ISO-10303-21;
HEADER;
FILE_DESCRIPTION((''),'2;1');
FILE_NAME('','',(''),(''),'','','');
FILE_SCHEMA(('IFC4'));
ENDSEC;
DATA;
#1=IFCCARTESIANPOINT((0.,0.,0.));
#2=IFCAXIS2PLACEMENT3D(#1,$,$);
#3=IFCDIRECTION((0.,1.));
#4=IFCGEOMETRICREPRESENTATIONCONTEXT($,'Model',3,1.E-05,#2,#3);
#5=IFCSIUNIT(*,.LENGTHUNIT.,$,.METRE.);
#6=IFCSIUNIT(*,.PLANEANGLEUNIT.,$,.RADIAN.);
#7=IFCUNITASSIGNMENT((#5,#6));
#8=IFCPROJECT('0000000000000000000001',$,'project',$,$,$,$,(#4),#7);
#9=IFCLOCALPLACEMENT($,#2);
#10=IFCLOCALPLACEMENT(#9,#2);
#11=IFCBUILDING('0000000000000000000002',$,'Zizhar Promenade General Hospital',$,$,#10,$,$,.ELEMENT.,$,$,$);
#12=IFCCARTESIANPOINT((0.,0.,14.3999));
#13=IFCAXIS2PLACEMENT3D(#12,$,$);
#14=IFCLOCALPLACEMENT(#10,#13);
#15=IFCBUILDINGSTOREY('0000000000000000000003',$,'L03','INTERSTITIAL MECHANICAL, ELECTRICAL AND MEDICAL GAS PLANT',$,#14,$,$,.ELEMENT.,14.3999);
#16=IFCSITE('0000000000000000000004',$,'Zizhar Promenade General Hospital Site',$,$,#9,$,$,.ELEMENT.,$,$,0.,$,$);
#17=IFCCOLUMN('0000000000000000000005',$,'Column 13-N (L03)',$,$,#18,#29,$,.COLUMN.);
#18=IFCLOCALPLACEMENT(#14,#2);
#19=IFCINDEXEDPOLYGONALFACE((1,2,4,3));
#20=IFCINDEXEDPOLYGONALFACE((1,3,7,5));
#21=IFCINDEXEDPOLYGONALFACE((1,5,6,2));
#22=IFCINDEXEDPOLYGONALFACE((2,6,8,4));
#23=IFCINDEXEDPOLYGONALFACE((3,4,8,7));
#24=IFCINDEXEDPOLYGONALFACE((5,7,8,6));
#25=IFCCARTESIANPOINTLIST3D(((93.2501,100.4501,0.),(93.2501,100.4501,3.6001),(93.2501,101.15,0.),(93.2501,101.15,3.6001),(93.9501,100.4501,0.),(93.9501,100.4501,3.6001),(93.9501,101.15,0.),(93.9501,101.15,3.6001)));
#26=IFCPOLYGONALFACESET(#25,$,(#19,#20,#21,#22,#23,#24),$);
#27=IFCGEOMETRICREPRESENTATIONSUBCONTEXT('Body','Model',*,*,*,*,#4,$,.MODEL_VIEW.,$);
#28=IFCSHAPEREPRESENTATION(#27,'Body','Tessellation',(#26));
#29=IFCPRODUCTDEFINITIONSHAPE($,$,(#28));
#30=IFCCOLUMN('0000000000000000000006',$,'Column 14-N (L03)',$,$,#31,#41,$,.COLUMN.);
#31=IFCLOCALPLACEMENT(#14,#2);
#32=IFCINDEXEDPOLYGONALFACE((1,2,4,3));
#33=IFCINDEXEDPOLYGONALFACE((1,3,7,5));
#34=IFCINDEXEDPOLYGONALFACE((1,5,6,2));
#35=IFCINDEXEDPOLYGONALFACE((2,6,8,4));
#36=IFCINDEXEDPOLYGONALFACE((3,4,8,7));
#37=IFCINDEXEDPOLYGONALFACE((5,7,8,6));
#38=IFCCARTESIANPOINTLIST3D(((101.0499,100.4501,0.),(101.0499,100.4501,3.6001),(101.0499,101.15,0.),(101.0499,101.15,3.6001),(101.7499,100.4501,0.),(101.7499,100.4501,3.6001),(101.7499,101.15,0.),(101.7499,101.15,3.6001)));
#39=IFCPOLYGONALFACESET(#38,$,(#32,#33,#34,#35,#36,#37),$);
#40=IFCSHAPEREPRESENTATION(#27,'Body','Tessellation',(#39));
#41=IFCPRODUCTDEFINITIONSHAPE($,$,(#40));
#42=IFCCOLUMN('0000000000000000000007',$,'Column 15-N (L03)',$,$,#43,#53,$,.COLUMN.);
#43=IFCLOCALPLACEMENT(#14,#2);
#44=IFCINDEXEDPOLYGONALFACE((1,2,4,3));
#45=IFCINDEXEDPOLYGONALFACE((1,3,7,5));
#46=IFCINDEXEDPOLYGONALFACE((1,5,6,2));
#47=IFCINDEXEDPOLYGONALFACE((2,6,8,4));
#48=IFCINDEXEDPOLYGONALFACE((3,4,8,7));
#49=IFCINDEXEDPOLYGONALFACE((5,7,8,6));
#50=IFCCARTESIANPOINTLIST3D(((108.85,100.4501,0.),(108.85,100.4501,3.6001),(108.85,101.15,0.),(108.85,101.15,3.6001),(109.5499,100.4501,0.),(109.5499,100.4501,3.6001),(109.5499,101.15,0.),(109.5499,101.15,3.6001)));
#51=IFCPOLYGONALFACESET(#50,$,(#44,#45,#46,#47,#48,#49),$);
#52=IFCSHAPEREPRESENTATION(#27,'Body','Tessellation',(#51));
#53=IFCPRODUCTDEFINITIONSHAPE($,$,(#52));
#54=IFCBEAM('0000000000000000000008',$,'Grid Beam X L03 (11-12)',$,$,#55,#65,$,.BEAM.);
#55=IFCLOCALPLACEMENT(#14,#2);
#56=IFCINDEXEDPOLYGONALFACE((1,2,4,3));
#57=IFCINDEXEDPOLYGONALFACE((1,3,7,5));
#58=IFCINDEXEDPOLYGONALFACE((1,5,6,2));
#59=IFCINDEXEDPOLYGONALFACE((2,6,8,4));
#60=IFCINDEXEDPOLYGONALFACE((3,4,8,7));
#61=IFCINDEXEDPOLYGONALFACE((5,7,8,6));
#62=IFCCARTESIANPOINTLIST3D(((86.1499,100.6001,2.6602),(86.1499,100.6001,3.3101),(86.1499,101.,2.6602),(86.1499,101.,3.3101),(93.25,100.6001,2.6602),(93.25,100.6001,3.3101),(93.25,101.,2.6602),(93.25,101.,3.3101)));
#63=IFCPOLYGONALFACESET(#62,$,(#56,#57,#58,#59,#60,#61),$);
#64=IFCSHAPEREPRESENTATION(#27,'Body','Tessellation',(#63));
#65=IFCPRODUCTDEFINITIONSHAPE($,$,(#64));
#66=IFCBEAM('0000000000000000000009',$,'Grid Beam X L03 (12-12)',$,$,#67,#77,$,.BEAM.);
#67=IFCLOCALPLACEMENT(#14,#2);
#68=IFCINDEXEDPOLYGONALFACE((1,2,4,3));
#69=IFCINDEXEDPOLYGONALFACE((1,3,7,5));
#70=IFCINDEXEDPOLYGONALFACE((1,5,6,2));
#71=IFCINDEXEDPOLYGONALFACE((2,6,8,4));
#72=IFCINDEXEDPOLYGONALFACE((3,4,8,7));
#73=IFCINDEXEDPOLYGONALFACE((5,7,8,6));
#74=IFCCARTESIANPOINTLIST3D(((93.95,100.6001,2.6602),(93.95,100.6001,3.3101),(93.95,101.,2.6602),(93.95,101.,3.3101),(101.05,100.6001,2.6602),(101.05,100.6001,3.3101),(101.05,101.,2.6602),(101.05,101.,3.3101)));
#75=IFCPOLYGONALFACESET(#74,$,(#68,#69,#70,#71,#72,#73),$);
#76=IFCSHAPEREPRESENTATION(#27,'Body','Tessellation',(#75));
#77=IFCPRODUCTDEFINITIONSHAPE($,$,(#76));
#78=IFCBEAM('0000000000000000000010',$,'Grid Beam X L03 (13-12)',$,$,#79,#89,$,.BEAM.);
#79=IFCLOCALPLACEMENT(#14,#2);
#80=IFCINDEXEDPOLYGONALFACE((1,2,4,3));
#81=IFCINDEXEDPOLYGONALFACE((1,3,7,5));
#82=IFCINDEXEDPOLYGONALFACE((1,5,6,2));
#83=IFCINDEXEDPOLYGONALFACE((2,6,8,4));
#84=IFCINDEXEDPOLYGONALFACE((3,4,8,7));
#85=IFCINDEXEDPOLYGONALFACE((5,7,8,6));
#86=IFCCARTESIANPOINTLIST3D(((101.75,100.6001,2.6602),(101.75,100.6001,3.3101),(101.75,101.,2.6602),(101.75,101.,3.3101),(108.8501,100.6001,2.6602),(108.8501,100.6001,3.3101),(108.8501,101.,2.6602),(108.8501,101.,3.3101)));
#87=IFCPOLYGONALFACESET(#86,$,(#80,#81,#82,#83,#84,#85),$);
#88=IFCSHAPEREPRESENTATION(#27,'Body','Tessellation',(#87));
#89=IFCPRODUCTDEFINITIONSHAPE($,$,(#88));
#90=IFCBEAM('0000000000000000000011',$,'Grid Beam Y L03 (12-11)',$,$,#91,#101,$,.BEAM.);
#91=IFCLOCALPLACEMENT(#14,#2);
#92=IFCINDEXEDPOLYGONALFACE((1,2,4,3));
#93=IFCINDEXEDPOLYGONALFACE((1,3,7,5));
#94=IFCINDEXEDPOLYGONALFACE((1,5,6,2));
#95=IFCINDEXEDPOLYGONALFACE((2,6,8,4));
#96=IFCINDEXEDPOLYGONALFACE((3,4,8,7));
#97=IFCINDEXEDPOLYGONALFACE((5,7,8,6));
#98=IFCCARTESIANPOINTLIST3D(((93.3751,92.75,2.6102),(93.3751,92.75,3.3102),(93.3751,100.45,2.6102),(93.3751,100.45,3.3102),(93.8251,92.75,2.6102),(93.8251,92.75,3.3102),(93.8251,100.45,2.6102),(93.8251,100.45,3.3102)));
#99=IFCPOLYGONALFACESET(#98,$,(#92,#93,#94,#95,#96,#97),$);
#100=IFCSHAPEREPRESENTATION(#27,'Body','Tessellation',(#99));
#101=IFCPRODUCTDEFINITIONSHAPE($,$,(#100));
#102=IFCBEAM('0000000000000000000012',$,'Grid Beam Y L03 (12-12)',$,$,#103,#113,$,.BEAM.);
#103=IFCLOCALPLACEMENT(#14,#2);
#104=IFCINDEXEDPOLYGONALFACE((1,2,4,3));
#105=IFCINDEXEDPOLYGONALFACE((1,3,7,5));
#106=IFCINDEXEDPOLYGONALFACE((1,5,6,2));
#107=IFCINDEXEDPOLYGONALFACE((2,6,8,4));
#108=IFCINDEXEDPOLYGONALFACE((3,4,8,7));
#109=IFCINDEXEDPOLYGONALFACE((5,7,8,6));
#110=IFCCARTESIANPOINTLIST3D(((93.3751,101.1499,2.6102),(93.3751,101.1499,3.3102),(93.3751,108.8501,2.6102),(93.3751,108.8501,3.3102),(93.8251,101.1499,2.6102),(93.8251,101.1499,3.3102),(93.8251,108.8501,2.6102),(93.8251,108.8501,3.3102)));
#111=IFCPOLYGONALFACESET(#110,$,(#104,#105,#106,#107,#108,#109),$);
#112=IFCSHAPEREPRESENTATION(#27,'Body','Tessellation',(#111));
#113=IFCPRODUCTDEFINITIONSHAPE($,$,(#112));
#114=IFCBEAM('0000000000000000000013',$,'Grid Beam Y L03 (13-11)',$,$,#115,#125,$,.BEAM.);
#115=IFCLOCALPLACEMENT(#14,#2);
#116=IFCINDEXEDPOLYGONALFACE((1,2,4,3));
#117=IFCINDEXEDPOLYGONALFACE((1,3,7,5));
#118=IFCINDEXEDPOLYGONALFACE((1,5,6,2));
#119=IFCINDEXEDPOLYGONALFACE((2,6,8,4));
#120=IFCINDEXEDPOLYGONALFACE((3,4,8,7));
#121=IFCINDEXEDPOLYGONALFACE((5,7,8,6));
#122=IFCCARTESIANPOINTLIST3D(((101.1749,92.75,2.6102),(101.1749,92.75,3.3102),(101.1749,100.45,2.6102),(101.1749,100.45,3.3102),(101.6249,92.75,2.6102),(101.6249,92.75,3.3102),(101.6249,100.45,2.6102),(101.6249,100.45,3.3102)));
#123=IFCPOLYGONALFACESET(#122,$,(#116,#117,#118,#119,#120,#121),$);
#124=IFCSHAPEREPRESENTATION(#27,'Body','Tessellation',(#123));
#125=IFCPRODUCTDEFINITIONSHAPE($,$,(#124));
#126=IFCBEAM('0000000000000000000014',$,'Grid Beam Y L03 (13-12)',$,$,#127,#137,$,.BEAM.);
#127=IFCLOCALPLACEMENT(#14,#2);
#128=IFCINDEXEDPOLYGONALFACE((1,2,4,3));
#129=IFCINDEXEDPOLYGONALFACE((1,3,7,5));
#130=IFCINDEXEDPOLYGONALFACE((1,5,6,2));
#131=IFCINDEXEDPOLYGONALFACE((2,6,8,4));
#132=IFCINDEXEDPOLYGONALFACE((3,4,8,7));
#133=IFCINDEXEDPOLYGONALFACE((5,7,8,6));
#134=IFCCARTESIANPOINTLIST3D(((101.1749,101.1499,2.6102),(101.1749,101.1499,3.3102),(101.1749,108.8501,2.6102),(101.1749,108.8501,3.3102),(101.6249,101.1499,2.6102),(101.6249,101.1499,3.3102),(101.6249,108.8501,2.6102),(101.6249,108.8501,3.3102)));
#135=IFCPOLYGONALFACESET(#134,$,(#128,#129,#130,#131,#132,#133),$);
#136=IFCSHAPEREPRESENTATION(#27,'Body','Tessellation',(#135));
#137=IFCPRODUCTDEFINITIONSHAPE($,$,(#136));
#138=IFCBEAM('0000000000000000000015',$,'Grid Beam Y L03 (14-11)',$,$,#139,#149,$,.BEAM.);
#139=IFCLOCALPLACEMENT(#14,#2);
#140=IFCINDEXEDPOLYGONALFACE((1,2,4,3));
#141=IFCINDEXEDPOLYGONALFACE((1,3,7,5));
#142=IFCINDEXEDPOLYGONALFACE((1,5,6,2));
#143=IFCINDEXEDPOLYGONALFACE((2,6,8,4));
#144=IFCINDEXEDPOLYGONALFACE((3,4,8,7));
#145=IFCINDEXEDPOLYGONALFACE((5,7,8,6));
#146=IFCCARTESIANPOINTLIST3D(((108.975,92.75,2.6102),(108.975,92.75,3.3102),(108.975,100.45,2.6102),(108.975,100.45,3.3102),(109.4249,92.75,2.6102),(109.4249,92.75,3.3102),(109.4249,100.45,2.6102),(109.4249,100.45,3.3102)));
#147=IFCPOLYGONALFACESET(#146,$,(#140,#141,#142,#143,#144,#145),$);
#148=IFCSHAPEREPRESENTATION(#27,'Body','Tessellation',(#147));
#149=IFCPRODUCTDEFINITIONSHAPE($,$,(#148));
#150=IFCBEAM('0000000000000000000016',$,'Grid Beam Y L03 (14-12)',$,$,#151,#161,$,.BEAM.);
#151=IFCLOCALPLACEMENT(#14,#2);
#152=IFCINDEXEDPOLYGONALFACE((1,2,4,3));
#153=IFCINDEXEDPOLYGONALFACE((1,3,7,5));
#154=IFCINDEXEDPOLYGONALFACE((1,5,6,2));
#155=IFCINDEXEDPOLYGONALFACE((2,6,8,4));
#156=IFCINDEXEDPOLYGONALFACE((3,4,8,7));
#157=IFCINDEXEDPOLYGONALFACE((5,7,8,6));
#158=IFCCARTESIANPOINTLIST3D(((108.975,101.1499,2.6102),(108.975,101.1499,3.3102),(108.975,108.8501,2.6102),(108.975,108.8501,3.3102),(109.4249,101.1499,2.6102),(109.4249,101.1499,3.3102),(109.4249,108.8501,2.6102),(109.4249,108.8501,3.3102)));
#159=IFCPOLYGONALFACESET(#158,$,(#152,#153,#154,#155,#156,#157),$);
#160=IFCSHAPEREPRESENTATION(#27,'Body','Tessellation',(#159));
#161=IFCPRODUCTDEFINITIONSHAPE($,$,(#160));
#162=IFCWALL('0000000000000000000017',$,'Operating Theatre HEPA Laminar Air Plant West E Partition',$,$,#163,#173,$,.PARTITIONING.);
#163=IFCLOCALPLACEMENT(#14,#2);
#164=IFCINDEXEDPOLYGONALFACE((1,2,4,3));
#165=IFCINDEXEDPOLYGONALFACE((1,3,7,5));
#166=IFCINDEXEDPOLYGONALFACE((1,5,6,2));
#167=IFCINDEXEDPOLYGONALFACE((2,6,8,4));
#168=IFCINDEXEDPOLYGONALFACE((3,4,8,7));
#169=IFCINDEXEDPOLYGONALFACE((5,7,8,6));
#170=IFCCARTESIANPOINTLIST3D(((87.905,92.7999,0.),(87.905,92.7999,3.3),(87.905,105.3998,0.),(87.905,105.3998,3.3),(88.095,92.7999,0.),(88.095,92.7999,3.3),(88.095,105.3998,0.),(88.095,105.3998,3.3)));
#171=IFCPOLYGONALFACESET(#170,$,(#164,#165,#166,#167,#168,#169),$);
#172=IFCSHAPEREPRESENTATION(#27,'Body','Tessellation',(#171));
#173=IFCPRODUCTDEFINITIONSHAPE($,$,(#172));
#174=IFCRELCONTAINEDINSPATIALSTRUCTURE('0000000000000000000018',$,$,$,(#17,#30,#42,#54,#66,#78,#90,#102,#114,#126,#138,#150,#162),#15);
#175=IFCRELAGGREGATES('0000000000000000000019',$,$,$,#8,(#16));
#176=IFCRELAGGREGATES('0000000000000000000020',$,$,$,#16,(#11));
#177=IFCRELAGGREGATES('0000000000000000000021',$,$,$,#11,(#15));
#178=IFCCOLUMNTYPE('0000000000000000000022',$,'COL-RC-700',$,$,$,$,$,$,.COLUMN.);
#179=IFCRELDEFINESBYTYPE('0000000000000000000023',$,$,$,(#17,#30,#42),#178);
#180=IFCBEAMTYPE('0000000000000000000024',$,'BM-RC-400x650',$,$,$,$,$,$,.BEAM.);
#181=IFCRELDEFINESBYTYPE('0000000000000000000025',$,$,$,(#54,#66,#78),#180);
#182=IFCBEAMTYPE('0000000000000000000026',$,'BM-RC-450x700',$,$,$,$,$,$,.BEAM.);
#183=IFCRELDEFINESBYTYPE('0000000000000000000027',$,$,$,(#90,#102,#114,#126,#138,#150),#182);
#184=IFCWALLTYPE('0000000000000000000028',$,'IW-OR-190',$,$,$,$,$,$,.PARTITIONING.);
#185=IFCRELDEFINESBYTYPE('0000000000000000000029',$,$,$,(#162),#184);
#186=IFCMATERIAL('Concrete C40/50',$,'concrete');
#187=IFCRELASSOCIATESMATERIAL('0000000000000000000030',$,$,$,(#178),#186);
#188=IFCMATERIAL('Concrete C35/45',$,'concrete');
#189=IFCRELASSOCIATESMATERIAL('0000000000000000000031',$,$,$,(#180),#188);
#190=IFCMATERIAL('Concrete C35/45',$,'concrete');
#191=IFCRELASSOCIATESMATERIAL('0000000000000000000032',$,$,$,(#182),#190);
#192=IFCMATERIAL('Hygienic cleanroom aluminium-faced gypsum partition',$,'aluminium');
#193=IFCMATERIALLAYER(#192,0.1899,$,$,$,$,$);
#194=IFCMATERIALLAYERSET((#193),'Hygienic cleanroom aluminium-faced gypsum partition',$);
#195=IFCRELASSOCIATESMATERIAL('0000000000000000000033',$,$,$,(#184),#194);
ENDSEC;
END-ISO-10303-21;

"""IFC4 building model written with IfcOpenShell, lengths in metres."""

from ifc_helpers import new_model, si_unit, direction, frame, frame_2d, origin, origin_2d, place, context, subcontext, project, spatial, rectangle, extrude, material, layer, layer_set, material_profile, profile_set, type_object, element, save


model = new_model("IFC4")

# Units and contexts
model_context = context("Model", 3, precision=1e-05, world=origin(), true_north=direction((0.0, 1.0)))
body_context = subcontext(model_context, "Body", "Model", "MODEL_VIEW")
ifc_project = project(units=[si_unit("LENGTHUNIT", "METRE"), si_unit("PLANEANGLEUNIT", "RADIAN")], contexts=[model_context])

# Site, building, storey
site_placement = place(None, origin())
site = spatial("IfcSite", under=ifc_project, at=site_placement, Name="Zizhar Promenade General Hospital Site", CompositionType="ELEMENT", RefElevation=0.0)
building_placement = place(site_placement, origin())
building = spatial("IfcBuilding", under=site, at=building_placement, Name="Zizhar Promenade General Hospital", CompositionType="ELEMENT")
storey_placement = place(building_placement, frame((0.0, 0.0, 14.3999)))
storey = spatial("IfcBuildingStorey", under=building, at=storey_placement, Name="L03", Description="INTERSTITIAL MECHANICAL, ELECTRICAL AND MEDICAL GAS PLANT", CompositionType="ELEMENT", Elevation=14.3999)

# Columns
ifc_material_1 = material(Name="Concrete C40/50", Category="concrete")
ifc_material_profile_1 = material_profile(ifc_material_1, rectangle(XDim=0.7, YDim=0.7, at=origin_2d()))
ifc_profile_set_1 = profile_set([ifc_material_profile_1], Name="Concrete C40/50")
column_type = type_object("IfcColumnType", Name="COL-RC-700", PredefinedType="COLUMN", material=ifc_profile_set_1)
for number, where, z_axis, x_axis, name in (
    (1, (93.6001, 100.8, 0.0), (0.0, 0.0, 1.0), (1.0, 0.0, 0.0), "Column 13-N (L03)"),
    (2, (101.3999, 100.8, 0.0), (0.0, 0.0, 1.0), (1.0, 0.0, 0.0), "Column 14-N (L03)"),
    (3, (109.2, 100.8, 0.0), (0.0, 0.0, 1.0), (1.0, 0.0, 0.0), "Column 15-N (L03)"),
):
    element("IfcColumn", number, at=place(storey_placement, frame(where, z_axis=z_axis, x_axis=x_axis)), inside=storey, type_object=column_type, Name=name, PredefinedType="COLUMN", context=body_context, shape_type="SweptSolid", body=[
        extrude(rectangle(XDim=0.7, YDim=0.7, at=origin_2d()), origin(), (0.0, 0.0, 1.0), 3.6001),
    ])

# Beams
ifc_material_2 = material(Name="Concrete C35/45", Category="concrete")
ifc_material_profile_2 = material_profile(ifc_material_2, rectangle(XDim=0.3999, YDim=0.6499, at=origin_2d()))
ifc_profile_set_2 = profile_set([ifc_material_profile_2], Name="Concrete C35/45")
beam_type_1 = type_object("IfcBeamType", Name="BM-RC-400x650", PredefinedType="BEAM", material=ifc_profile_set_2)
for number, where, z_axis, x_axis, name in (
    (4, (86.1499, 100.8, 2.9851), (1.0, 0.0, 0.0), (0.0, 1.0, 0.0), "Grid Beam X L03 (11-12)"),
    (5, (93.95, 100.8, 2.9851), (1.0, 0.0, 0.0), (0.0, 1.0, 0.0), "Grid Beam X L03 (12-12)"),
    (6, (101.75, 100.8, 2.9851), (1.0, 0.0, 0.0), (0.0, 1.0, 0.0), "Grid Beam X L03 (13-12)"),
):
    element("IfcBeam", number, at=place(storey_placement, frame(where, z_axis=z_axis, x_axis=x_axis)), inside=storey, type_object=beam_type_1, Name=name, PredefinedType="BEAM", context=body_context, shape_type="SweptSolid", body=[
        extrude(rectangle(XDim=0.3999, YDim=0.6499, at=origin_2d()), origin(), (0.0, 0.0, 1.0), 7.1001),
    ])
ifc_material_3 = material(Name="Concrete C35/45", Category="concrete")
ifc_material_profile_3 = material_profile(ifc_material_3, rectangle(XDim=0.45, YDim=0.7, at=origin_2d()))
ifc_profile_set_3 = profile_set([ifc_material_profile_3], Name="Concrete C35/45")
beam_type_2 = type_object("IfcBeamType", Name="BM-RC-450x700", PredefinedType="BEAM", material=ifc_profile_set_3)
beam_1_placement = place(storey_placement, frame((93.6001, 92.75, 2.9602), z_axis=(0.0, 1.0, 0.0), x_axis=(-1.0, 0.0, 0.0)))
element("IfcBeam", 7, at=beam_1_placement, inside=storey, type_object=beam_type_2, Name="Grid Beam Y L03 (12-11)", PredefinedType="BEAM", context=body_context, shape_type="SweptSolid", body=[
    extrude(rectangle(XDim=0.45, YDim=0.7, at=origin_2d()), origin(), (0.0, 0.0, 1.0), 7.7),
])
beam_2_placement = place(storey_placement, frame((93.6001, 101.1499, 2.9602), z_axis=(0.0, 1.0, 0.0), x_axis=(-1.0, 0.0, 0.0)))
element("IfcBeam", 8, at=beam_2_placement, inside=storey, type_object=beam_type_2, Name="Grid Beam Y L03 (12-12)", PredefinedType="BEAM", context=body_context, shape_type="SweptSolid", body=[
    extrude(rectangle(XDim=0.45, YDim=0.7, at=origin_2d()), origin(), (0.0, 0.0, 1.0), 7.7002),
])
beam_3_placement = place(storey_placement, frame((101.3999, 92.75, 2.9602), z_axis=(0.0, 1.0, 0.0), x_axis=(-1.0, 0.0, 0.0)))
element("IfcBeam", 9, at=beam_3_placement, inside=storey, type_object=beam_type_2, Name="Grid Beam Y L03 (13-11)", PredefinedType="BEAM", context=body_context, shape_type="SweptSolid", body=[
    extrude(rectangle(XDim=0.45, YDim=0.7, at=origin_2d()), origin(), (0.0, 0.0, 1.0), 7.7),
])
beam_4_placement = place(storey_placement, frame((101.3999, 101.1499, 2.9602), z_axis=(0.0, 1.0, 0.0), x_axis=(-1.0, 0.0, 0.0)))
element("IfcBeam", 10, at=beam_4_placement, inside=storey, type_object=beam_type_2, Name="Grid Beam Y L03 (13-12)", PredefinedType="BEAM", context=body_context, shape_type="SweptSolid", body=[
    extrude(rectangle(XDim=0.45, YDim=0.7, at=origin_2d()), origin(), (0.0, 0.0, 1.0), 7.7002),
])
beam_5_placement = place(storey_placement, frame((109.2, 92.75, 2.9602), z_axis=(0.0, 1.0, 0.0), x_axis=(-1.0, 0.0, 0.0)))
element("IfcBeam", 11, at=beam_5_placement, inside=storey, type_object=beam_type_2, Name="Grid Beam Y L03 (14-11)", PredefinedType="BEAM", context=body_context, shape_type="SweptSolid", body=[
    extrude(rectangle(XDim=0.45, YDim=0.7, at=origin_2d()), origin(), (0.0, 0.0, 1.0), 7.7),
])
beam_6_placement = place(storey_placement, frame((109.2, 101.1499, 2.9602), z_axis=(0.0, 1.0, 0.0), x_axis=(-1.0, 0.0, 0.0)))
element("IfcBeam", 12, at=beam_6_placement, inside=storey, type_object=beam_type_2, Name="Grid Beam Y L03 (14-12)", PredefinedType="BEAM", context=body_context, shape_type="SweptSolid", body=[
    extrude(rectangle(XDim=0.45, YDim=0.7, at=origin_2d()), origin(), (0.0, 0.0, 1.0), 7.7002),
])

# Wall
ifc_material_4 = material(Name="Hygienic cleanroom aluminium-faced gypsum partition", Category="aluminium")
ifc_layer = layer(ifc_material_4, 0.1899)
ifc_layer_set = layer_set([ifc_layer], Name="Hygienic cleanroom aluminium-faced gypsum partition")
wall_type = type_object("IfcWallType", Name="IW-OR-190", PredefinedType="PARTITIONING", material=ifc_layer_set)
wall_1_placement = place(storey_placement, frame((88.0, 92.8, 0.0), z_axis=(0.0, 0.0, 1.0), x_axis=(0.0, 1.0, 0.0)))
element("IfcWall", 13, at=wall_1_placement, inside=storey, type_object=wall_type, Name="Operating Theatre HEPA Laminar Air Plant West E Partition", PredefinedType="PARTITIONING", context=body_context, shape_type="SweptSolid", body=[
    extrude(rectangle(XDim=12.5999, YDim=0.1899, at=frame_2d((6.2998, 0.0))), origin(), (0.0, 0.0, 1.0), 3.3),
])

save(model, "model.ifc")
